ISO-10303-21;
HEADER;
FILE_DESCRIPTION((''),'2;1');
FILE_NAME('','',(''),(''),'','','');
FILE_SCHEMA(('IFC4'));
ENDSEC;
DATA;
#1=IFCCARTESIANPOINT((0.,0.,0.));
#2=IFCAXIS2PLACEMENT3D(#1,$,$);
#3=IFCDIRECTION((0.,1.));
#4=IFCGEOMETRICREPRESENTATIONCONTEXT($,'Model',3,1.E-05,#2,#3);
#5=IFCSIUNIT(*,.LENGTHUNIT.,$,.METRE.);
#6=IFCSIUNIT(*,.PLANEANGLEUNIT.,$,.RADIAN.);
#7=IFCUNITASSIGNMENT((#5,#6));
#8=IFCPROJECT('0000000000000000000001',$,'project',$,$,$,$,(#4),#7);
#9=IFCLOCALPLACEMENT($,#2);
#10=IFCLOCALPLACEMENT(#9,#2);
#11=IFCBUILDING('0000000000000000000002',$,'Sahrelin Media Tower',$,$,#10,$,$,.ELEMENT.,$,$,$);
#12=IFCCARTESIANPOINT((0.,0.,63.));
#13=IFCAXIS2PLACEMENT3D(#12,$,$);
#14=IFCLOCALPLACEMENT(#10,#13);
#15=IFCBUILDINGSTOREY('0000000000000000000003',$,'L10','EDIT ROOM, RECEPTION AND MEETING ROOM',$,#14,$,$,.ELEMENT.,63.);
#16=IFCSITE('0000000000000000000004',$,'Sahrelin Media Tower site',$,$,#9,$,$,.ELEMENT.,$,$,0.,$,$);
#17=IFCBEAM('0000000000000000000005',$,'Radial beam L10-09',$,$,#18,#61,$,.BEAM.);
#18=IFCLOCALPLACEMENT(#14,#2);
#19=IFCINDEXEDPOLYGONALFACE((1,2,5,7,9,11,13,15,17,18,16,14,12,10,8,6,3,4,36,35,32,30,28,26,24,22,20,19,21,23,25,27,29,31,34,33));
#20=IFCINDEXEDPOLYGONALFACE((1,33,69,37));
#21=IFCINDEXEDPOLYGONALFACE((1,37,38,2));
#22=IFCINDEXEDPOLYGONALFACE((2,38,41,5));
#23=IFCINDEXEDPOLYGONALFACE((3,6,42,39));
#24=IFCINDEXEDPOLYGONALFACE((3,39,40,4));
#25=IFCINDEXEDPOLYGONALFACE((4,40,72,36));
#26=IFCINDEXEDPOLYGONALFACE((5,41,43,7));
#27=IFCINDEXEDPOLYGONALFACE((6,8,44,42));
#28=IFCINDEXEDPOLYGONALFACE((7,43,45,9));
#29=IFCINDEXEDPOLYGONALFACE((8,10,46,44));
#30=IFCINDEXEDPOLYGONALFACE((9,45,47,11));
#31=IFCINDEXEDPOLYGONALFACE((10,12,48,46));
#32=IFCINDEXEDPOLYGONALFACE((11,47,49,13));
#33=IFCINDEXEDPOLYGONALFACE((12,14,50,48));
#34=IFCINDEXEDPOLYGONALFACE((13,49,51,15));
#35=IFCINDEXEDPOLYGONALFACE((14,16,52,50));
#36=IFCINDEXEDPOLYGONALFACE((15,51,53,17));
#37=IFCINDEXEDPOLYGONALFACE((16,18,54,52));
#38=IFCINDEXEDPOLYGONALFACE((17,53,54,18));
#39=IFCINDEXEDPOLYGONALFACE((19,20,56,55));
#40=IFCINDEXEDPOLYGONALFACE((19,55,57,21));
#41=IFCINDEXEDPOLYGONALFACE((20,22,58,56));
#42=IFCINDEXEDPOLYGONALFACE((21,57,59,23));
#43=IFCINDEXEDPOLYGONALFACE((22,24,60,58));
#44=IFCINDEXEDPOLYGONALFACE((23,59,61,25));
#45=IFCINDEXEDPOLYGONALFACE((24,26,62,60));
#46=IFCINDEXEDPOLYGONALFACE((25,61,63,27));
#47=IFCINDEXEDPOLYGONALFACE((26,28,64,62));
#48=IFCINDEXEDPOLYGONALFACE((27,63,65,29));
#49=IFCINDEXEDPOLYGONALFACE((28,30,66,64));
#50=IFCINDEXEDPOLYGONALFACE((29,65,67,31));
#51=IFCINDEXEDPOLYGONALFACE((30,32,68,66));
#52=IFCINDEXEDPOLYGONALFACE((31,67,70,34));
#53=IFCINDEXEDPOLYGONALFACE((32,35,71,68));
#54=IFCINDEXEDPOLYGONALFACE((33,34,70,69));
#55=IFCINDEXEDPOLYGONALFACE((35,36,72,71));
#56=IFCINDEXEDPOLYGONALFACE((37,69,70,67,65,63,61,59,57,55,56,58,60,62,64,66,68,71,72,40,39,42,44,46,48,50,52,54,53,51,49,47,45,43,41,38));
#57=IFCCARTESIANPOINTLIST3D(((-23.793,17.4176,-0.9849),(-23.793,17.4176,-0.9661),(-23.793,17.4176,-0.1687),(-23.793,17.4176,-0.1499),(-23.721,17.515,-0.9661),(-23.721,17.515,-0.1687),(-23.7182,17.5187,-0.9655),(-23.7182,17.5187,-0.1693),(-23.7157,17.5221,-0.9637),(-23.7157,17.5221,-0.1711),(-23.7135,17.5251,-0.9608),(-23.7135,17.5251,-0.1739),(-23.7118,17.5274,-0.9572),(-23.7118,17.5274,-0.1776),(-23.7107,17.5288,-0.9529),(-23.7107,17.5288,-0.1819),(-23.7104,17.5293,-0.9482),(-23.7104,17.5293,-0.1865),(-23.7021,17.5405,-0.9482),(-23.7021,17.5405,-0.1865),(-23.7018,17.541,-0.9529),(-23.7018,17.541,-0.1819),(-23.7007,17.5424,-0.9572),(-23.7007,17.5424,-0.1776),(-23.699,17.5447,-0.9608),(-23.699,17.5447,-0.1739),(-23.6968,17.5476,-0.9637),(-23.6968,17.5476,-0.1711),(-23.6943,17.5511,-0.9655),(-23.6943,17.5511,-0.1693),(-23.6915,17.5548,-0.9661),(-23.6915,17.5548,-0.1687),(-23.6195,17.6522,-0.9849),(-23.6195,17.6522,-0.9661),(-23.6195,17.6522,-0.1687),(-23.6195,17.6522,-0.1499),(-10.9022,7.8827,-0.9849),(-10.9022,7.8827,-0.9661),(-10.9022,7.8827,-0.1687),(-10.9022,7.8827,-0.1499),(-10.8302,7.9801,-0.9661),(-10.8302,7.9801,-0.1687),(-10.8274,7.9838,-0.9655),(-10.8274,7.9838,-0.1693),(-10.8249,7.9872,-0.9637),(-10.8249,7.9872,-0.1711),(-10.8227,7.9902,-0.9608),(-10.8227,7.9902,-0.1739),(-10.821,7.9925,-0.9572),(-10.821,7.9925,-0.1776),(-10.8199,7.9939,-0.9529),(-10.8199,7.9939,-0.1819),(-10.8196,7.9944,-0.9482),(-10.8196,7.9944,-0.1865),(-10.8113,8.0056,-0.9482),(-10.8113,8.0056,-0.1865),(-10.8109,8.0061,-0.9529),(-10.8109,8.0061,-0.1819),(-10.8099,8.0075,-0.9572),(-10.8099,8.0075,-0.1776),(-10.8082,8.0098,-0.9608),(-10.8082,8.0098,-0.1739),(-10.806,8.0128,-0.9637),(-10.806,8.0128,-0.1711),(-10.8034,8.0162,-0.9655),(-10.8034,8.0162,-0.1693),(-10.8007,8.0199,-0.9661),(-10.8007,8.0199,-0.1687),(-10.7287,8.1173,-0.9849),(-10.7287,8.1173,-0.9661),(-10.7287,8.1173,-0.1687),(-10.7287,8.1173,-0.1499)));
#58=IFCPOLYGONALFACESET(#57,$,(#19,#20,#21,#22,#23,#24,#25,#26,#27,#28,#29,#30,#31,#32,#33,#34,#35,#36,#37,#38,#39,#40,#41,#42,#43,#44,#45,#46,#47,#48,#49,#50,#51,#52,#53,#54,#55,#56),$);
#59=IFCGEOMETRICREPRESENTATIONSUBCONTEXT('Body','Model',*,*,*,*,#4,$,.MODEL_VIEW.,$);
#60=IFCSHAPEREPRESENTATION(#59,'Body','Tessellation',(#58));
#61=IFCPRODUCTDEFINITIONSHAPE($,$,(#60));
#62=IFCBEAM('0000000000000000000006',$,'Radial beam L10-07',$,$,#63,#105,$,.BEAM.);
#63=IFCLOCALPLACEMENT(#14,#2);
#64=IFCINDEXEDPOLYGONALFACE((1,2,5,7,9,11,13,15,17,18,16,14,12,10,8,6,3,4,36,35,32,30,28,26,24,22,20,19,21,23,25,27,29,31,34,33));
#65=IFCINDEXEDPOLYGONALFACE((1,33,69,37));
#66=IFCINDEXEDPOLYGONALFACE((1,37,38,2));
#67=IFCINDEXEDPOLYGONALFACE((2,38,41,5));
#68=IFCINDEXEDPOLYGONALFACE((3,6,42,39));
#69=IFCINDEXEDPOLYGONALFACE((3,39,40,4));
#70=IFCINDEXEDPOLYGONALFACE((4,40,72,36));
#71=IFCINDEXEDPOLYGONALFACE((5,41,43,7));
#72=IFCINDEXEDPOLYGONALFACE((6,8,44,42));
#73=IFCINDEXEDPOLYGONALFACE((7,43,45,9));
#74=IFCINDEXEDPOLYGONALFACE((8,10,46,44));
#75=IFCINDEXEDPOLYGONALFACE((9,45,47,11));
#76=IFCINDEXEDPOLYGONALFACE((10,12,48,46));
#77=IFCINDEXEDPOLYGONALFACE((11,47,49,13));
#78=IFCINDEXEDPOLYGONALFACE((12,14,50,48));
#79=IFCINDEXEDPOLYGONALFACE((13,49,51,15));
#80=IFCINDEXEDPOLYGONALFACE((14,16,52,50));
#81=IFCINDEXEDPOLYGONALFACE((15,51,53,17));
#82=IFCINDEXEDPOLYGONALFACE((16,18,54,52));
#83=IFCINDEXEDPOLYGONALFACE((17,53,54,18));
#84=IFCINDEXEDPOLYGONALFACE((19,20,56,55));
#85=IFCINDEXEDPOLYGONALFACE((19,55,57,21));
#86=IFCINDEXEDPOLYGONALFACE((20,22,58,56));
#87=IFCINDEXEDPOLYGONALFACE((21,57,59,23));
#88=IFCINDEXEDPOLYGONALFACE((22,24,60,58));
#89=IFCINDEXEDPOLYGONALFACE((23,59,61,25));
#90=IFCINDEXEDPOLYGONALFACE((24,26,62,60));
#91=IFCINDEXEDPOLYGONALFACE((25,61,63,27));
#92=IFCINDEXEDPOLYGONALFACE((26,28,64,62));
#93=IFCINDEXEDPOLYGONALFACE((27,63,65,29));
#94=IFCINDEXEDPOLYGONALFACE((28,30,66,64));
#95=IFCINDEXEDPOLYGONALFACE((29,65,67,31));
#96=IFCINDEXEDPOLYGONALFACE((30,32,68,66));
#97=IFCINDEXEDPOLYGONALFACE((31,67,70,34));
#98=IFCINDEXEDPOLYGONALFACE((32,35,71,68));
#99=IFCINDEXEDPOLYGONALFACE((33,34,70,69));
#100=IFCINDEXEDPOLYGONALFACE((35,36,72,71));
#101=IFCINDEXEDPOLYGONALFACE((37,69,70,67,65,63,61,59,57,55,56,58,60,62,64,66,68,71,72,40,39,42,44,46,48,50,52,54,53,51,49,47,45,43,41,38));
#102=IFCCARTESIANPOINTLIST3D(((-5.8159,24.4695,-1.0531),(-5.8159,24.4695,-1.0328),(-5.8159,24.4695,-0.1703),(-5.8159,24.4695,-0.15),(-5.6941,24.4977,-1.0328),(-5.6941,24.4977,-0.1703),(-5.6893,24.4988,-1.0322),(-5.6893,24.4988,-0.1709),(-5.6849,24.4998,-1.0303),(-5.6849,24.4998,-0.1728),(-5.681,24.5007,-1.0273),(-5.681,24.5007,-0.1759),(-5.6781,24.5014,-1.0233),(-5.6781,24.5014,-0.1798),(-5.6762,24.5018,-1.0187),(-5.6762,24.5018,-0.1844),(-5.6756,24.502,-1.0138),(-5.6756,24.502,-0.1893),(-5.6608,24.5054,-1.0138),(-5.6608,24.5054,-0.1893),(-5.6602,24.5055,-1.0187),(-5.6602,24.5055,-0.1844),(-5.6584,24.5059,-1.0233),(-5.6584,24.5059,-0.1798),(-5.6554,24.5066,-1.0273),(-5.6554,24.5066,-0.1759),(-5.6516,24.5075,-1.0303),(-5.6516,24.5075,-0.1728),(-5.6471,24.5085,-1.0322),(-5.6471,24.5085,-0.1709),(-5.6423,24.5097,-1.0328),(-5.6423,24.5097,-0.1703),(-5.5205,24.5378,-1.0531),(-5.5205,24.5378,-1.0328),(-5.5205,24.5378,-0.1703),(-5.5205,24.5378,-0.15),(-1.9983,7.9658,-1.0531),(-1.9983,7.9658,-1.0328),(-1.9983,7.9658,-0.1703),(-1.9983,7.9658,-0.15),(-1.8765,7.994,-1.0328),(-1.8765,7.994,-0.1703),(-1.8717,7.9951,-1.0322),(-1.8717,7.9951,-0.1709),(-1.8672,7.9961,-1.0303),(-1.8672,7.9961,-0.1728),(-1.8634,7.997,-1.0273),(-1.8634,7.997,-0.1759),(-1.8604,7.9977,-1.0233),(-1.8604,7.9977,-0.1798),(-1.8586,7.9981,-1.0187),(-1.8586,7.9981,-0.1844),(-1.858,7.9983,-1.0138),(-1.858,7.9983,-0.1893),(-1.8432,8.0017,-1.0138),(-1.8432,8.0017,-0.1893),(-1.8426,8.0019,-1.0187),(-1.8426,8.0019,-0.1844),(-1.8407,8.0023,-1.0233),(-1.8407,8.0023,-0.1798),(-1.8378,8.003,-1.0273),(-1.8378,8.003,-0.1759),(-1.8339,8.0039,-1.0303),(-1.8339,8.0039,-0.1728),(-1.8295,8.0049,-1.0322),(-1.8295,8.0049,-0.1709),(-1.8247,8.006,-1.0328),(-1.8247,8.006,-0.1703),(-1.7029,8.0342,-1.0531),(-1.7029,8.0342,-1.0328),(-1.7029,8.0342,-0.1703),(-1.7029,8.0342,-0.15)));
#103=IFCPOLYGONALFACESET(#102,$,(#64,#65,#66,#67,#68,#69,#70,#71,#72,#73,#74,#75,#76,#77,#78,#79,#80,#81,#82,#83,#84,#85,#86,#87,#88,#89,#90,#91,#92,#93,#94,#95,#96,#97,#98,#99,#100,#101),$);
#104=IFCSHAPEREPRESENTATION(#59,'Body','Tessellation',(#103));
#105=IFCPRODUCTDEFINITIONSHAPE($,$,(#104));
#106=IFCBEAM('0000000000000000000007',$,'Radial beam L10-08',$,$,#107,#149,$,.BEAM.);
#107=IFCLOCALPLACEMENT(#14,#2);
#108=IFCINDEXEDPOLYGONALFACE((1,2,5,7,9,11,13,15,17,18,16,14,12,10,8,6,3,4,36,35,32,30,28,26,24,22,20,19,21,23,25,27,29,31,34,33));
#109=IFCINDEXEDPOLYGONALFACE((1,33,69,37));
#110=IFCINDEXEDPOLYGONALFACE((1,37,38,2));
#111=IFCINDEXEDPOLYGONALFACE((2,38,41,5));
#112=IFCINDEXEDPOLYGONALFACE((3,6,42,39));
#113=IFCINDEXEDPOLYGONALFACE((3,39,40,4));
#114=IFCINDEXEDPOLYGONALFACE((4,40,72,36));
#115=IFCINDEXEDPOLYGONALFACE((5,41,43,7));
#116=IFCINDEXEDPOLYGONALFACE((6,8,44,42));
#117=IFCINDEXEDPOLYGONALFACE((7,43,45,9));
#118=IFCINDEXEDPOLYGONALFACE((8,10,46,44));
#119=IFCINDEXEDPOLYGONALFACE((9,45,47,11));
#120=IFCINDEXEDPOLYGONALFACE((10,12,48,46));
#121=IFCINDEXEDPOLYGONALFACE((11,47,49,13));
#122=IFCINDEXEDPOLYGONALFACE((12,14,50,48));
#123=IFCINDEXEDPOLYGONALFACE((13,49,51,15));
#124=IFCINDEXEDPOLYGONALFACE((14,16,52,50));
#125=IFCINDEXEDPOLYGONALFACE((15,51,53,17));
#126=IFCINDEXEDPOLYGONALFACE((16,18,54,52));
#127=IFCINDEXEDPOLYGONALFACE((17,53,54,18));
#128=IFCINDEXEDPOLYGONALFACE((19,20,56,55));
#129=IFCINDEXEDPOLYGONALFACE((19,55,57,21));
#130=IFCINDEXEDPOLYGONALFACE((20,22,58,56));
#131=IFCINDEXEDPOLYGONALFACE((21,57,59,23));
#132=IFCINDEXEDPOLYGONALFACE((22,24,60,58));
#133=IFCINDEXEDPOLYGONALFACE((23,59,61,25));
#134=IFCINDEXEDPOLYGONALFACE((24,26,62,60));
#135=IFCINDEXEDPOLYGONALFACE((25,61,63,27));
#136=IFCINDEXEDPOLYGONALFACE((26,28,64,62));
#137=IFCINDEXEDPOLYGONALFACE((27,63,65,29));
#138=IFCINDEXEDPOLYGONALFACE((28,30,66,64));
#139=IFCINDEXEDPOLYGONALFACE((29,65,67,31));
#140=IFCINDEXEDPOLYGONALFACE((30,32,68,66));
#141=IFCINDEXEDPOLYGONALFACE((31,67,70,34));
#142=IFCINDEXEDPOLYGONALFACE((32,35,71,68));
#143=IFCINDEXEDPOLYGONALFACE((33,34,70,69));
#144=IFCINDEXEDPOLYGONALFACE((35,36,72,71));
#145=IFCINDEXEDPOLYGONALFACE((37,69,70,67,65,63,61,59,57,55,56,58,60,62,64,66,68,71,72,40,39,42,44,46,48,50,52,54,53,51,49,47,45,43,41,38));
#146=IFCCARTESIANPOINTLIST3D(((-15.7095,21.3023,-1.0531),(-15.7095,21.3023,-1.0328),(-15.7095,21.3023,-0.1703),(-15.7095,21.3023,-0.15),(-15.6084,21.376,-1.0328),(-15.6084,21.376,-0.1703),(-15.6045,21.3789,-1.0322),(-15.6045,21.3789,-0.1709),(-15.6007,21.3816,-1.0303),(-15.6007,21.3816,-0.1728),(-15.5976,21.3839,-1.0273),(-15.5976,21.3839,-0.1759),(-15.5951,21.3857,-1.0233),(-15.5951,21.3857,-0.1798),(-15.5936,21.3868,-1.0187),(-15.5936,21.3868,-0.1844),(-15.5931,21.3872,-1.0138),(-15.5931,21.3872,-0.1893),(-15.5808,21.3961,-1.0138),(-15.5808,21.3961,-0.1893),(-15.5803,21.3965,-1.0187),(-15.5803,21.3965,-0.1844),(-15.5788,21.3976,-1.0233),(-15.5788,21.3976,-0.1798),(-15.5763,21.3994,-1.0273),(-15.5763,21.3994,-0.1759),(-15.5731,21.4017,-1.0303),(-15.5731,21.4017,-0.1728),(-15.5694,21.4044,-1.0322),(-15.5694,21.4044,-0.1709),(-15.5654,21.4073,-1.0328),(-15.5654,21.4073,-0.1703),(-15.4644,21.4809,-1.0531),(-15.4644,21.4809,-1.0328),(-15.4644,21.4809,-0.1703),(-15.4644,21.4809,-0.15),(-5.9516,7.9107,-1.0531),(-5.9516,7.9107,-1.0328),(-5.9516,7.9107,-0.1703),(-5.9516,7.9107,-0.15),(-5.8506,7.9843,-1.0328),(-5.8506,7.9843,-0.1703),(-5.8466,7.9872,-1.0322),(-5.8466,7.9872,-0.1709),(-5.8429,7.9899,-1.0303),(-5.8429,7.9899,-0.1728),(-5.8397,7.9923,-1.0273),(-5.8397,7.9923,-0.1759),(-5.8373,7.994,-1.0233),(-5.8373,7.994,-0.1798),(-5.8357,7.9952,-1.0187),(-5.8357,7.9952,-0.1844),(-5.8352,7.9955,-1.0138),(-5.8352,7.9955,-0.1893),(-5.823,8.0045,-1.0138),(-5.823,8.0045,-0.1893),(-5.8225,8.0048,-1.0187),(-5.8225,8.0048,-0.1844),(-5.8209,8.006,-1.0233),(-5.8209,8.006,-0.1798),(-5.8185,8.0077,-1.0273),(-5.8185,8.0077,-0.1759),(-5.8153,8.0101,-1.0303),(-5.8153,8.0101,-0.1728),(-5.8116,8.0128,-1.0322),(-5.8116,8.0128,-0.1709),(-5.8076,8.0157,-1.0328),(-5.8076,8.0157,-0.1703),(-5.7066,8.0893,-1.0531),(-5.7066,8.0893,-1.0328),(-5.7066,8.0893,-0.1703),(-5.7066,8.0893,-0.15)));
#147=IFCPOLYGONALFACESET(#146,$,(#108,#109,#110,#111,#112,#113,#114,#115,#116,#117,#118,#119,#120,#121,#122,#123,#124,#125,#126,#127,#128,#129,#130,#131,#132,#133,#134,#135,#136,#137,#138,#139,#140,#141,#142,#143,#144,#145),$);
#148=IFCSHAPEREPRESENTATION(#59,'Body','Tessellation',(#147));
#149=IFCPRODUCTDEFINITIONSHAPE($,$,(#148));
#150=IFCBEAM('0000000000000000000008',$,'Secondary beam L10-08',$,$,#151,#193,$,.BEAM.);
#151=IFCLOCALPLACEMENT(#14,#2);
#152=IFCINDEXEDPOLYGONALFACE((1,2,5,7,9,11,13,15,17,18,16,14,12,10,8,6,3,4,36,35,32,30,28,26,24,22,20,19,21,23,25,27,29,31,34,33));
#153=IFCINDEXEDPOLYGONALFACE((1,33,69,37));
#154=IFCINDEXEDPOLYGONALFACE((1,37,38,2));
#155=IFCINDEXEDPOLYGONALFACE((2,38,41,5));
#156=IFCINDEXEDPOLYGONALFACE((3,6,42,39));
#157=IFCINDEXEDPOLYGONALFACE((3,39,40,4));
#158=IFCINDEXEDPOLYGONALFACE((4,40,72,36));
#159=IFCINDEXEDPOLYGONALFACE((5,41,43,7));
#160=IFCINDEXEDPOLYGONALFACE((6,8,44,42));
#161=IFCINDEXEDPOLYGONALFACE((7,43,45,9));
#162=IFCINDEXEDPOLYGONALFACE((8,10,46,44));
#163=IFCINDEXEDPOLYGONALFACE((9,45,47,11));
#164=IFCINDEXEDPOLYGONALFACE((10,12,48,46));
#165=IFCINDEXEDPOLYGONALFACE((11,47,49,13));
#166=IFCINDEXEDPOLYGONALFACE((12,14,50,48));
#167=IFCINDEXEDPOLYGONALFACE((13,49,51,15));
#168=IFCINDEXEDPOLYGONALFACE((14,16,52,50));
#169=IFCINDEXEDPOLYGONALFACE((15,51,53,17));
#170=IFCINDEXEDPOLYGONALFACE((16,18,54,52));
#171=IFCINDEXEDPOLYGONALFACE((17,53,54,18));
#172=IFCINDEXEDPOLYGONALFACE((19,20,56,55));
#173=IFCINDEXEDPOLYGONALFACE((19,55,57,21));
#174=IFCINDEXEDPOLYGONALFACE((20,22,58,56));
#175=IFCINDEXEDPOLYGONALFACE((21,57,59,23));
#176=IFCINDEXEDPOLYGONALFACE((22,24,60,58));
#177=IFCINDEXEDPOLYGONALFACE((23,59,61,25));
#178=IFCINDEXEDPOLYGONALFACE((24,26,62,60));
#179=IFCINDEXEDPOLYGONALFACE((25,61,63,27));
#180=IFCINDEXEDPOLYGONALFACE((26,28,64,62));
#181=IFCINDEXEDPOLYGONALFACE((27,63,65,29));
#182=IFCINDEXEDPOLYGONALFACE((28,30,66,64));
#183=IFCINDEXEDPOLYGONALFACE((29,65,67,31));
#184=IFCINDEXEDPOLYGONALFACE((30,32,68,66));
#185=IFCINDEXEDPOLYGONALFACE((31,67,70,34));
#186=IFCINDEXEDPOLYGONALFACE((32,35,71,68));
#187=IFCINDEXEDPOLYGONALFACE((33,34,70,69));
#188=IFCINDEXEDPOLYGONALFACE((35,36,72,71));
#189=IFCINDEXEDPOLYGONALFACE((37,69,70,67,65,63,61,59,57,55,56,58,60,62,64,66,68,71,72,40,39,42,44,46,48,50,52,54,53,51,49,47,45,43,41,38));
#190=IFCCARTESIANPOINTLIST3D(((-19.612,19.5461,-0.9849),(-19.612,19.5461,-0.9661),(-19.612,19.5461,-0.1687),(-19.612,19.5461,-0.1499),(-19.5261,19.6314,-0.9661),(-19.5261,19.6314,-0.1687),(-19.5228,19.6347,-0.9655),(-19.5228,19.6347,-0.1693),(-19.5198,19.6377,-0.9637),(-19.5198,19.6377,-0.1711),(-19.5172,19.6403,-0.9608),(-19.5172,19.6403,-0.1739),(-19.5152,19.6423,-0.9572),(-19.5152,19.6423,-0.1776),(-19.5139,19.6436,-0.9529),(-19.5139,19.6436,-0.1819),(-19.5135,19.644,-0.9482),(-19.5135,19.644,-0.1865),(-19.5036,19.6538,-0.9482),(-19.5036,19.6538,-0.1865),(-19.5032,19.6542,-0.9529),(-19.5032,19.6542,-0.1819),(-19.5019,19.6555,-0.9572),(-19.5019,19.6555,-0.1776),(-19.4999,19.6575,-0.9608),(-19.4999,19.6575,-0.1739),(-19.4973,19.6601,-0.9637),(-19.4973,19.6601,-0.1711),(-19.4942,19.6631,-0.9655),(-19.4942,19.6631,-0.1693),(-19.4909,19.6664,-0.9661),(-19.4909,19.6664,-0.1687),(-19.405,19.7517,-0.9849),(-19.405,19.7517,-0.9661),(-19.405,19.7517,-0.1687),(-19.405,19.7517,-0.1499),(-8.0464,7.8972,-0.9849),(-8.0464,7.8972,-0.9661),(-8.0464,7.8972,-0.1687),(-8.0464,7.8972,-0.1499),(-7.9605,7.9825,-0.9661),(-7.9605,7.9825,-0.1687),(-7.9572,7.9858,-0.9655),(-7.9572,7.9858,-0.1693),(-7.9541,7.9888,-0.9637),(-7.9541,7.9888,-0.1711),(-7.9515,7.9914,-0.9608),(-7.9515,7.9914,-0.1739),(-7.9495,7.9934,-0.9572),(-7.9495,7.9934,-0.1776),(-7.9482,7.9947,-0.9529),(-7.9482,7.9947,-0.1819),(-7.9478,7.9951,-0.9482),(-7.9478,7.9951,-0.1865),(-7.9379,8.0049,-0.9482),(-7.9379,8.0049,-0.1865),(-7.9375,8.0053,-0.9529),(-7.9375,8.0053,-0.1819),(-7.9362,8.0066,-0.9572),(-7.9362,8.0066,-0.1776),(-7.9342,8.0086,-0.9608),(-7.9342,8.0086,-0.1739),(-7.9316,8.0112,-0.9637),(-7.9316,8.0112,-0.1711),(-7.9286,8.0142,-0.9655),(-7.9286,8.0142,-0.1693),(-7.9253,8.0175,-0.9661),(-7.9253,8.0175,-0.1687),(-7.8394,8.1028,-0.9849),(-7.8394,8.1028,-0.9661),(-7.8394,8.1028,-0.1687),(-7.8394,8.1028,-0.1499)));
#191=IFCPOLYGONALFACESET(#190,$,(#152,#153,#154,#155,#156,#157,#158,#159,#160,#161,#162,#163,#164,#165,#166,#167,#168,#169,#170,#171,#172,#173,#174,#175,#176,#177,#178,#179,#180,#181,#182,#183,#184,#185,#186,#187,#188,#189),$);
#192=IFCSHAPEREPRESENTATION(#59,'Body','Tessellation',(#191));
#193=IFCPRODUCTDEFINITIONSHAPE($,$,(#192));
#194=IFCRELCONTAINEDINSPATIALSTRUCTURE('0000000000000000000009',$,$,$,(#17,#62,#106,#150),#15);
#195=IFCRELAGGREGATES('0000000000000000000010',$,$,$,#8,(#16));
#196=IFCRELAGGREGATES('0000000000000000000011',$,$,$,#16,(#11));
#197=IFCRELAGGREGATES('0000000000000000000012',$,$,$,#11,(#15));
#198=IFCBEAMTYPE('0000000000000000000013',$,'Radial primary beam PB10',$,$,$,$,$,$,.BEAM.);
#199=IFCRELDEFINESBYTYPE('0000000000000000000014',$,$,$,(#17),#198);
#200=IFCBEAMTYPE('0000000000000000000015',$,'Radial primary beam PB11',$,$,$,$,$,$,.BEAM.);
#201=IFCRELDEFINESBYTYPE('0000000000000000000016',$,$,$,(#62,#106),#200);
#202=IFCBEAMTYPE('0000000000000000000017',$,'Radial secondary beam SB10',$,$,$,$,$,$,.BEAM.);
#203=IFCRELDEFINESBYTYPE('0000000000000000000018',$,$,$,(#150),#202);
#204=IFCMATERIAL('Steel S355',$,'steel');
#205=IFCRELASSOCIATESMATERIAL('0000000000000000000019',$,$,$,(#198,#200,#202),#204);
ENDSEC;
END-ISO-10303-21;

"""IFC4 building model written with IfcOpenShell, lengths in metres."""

from ifc_helpers import new_model, si_unit, direction, frame, origin, origin_2d, place, context, subcontext, project, spatial, i_section, extrude, material, material_profile, profile_set, type_object, element, save


model = new_model("IFC4")

# Units and contexts
model_context = context("Model", 3, precision=1e-05, world=origin(), true_north=direction((0.0, 1.0)))
body_context = subcontext(model_context, "Body", "Model", "MODEL_VIEW")
ifc_project = project(units=[si_unit("LENGTHUNIT", "METRE"), si_unit("PLANEANGLEUNIT", "RADIAN")], contexts=[model_context])

# Site, building, storey
site_placement = place(None, origin())
site = spatial("IfcSite", under=ifc_project, at=site_placement, Name="Sahrelin Media Tower site", CompositionType="ELEMENT", RefElevation=0.0)
building_placement = place(site_placement, origin())
building = spatial("IfcBuilding", under=site, at=building_placement, Name="Sahrelin Media Tower", CompositionType="ELEMENT")
storey_placement = place(building_placement, frame((0.0, 0.0, 63.0)))
storey = spatial("IfcBuildingStorey", under=building, at=storey_placement, Name="L10", Description="EDIT ROOM, RECEPTION AND MEETING ROOM", CompositionType="ELEMENT", Elevation=63.0)

# Shared definitions
ifc_material_1 = material(Name="Steel S355", Category="steel")

# Beams
ifc_material_profile_1 = material_profile(ifc_material_1, i_section(OverallWidth=0.2917, OverallDepth=0.835, WebThickness=0.0139, FlangeThickness=0.0188, FilletRadius=0.0178, at=origin_2d()), Name="UB 838x292x176")
ifc_profile_set_1 = profile_set([ifc_material_profile_1], Name="Steel S355")
beam_type_1 = type_object("IfcBeamType", Name="Radial primary beam PB10", PredefinedType="BEAM", material=ifc_profile_set_1)
beam_1_placement = place(storey_placement, frame((-10.8154, 8.0, -0.5674), z_axis=(-0.803971, 0.594668, 0.0), x_axis=(-0.594668, -0.803971, 0.0)))
element("IfcBeam", 1, at=beam_1_placement, inside=storey, type_object=beam_type_1, Name="Radial beam L10-09", PredefinedType="BEAM", context=body_context, shape_type="SweptSolid", body=[
    extrude(i_section(OverallWidth=0.2917, OverallDepth=0.835, WebThickness=0.0139, FlangeThickness=0.0188, FilletRadius=0.0178, at=origin_2d()), origin(), (0.0, 0.0, 1.0), 16.0339),
])
ifc_material_profile_2 = material_profile(ifc_material_1, i_section(OverallWidth=0.3032, OverallDepth=0.9031, WebThickness=0.0151, FlangeThickness=0.0203, FilletRadius=0.019, at=origin_2d()), Name="UB 914x305x201")
ifc_profile_set_2 = profile_set([ifc_material_profile_2], Name="Steel S355")
beam_type_2 = type_object("IfcBeamType", Name="Radial primary beam PB11", PredefinedType="BEAM", material=ifc_profile_set_2)
beam_2_placement = place(storey_placement, frame((-1.8506, 8.0, -0.6016), z_axis=(-0.225369, 0.974273, 0.0), x_axis=(-0.974273, -0.225369, 0.0)))
element("IfcBeam", 2, at=beam_2_placement, inside=storey, type_object=beam_type_2, Name="Radial beam L10-07", PredefinedType="BEAM", context=body_context, shape_type="SweptSolid", body=[
    extrude(i_section(OverallWidth=0.3032, OverallDepth=0.9031, WebThickness=0.0151, FlangeThickness=0.0203, FilletRadius=0.019, at=origin_2d()), origin(), (0.0, 0.0, 1.0), 16.9395),
])
beam_3_placement = place(storey_placement, frame((-5.8291, 8.0, -0.6016), z_axis=(-0.5889, 0.808206, 0.0), x_axis=(-0.808206, -0.5889, 0.0)))
element("IfcBeam", 3, at=beam_3_placement, inside=storey, type_object=beam_type_2, Name="Radial beam L10-08", PredefinedType="BEAM", context=body_context, shape_type="SweptSolid", body=[
    extrude(i_section(OverallWidth=0.3032, OverallDepth=0.9031, WebThickness=0.0151, FlangeThickness=0.0203, FilletRadius=0.019, at=origin_2d()), origin(), (0.0, 0.0, 1.0), 16.5696),
])
ifc_material_profile_3 = material_profile(ifc_material_1, i_section(OverallWidth=0.2917, OverallDepth=0.835, WebThickness=0.0139, FlangeThickness=0.0188, FilletRadius=0.0178, at=origin_2d()), Name="UB 838x292x176")
ifc_profile_set_3 = profile_set([ifc_material_profile_3], Name="Steel S355")
beam_type_3 = type_object("IfcBeamType", Name="Radial secondary beam SB10", PredefinedType="BEAM", material=ifc_profile_set_3)
beam_4_placement = place(storey_placement, frame((-7.9429, 8.0, -0.5674), z_axis=(-0.704566, 0.709638, 0.0), x_axis=(-0.709638, -0.704566, 0.0)))
element("IfcBeam", 4, at=beam_4_placement, inside=storey, type_object=beam_type_3, Name="Secondary beam L10-08", PredefinedType="BEAM", context=body_context, shape_type="SweptSolid", body=[
    extrude(i_section(OverallWidth=0.2917, OverallDepth=0.835, WebThickness=0.0139, FlangeThickness=0.0188, FilletRadius=0.0178, at=origin_2d()), origin(), (0.0, 0.0, 1.0), 16.4153),
])

save(model, "model.ifc")
